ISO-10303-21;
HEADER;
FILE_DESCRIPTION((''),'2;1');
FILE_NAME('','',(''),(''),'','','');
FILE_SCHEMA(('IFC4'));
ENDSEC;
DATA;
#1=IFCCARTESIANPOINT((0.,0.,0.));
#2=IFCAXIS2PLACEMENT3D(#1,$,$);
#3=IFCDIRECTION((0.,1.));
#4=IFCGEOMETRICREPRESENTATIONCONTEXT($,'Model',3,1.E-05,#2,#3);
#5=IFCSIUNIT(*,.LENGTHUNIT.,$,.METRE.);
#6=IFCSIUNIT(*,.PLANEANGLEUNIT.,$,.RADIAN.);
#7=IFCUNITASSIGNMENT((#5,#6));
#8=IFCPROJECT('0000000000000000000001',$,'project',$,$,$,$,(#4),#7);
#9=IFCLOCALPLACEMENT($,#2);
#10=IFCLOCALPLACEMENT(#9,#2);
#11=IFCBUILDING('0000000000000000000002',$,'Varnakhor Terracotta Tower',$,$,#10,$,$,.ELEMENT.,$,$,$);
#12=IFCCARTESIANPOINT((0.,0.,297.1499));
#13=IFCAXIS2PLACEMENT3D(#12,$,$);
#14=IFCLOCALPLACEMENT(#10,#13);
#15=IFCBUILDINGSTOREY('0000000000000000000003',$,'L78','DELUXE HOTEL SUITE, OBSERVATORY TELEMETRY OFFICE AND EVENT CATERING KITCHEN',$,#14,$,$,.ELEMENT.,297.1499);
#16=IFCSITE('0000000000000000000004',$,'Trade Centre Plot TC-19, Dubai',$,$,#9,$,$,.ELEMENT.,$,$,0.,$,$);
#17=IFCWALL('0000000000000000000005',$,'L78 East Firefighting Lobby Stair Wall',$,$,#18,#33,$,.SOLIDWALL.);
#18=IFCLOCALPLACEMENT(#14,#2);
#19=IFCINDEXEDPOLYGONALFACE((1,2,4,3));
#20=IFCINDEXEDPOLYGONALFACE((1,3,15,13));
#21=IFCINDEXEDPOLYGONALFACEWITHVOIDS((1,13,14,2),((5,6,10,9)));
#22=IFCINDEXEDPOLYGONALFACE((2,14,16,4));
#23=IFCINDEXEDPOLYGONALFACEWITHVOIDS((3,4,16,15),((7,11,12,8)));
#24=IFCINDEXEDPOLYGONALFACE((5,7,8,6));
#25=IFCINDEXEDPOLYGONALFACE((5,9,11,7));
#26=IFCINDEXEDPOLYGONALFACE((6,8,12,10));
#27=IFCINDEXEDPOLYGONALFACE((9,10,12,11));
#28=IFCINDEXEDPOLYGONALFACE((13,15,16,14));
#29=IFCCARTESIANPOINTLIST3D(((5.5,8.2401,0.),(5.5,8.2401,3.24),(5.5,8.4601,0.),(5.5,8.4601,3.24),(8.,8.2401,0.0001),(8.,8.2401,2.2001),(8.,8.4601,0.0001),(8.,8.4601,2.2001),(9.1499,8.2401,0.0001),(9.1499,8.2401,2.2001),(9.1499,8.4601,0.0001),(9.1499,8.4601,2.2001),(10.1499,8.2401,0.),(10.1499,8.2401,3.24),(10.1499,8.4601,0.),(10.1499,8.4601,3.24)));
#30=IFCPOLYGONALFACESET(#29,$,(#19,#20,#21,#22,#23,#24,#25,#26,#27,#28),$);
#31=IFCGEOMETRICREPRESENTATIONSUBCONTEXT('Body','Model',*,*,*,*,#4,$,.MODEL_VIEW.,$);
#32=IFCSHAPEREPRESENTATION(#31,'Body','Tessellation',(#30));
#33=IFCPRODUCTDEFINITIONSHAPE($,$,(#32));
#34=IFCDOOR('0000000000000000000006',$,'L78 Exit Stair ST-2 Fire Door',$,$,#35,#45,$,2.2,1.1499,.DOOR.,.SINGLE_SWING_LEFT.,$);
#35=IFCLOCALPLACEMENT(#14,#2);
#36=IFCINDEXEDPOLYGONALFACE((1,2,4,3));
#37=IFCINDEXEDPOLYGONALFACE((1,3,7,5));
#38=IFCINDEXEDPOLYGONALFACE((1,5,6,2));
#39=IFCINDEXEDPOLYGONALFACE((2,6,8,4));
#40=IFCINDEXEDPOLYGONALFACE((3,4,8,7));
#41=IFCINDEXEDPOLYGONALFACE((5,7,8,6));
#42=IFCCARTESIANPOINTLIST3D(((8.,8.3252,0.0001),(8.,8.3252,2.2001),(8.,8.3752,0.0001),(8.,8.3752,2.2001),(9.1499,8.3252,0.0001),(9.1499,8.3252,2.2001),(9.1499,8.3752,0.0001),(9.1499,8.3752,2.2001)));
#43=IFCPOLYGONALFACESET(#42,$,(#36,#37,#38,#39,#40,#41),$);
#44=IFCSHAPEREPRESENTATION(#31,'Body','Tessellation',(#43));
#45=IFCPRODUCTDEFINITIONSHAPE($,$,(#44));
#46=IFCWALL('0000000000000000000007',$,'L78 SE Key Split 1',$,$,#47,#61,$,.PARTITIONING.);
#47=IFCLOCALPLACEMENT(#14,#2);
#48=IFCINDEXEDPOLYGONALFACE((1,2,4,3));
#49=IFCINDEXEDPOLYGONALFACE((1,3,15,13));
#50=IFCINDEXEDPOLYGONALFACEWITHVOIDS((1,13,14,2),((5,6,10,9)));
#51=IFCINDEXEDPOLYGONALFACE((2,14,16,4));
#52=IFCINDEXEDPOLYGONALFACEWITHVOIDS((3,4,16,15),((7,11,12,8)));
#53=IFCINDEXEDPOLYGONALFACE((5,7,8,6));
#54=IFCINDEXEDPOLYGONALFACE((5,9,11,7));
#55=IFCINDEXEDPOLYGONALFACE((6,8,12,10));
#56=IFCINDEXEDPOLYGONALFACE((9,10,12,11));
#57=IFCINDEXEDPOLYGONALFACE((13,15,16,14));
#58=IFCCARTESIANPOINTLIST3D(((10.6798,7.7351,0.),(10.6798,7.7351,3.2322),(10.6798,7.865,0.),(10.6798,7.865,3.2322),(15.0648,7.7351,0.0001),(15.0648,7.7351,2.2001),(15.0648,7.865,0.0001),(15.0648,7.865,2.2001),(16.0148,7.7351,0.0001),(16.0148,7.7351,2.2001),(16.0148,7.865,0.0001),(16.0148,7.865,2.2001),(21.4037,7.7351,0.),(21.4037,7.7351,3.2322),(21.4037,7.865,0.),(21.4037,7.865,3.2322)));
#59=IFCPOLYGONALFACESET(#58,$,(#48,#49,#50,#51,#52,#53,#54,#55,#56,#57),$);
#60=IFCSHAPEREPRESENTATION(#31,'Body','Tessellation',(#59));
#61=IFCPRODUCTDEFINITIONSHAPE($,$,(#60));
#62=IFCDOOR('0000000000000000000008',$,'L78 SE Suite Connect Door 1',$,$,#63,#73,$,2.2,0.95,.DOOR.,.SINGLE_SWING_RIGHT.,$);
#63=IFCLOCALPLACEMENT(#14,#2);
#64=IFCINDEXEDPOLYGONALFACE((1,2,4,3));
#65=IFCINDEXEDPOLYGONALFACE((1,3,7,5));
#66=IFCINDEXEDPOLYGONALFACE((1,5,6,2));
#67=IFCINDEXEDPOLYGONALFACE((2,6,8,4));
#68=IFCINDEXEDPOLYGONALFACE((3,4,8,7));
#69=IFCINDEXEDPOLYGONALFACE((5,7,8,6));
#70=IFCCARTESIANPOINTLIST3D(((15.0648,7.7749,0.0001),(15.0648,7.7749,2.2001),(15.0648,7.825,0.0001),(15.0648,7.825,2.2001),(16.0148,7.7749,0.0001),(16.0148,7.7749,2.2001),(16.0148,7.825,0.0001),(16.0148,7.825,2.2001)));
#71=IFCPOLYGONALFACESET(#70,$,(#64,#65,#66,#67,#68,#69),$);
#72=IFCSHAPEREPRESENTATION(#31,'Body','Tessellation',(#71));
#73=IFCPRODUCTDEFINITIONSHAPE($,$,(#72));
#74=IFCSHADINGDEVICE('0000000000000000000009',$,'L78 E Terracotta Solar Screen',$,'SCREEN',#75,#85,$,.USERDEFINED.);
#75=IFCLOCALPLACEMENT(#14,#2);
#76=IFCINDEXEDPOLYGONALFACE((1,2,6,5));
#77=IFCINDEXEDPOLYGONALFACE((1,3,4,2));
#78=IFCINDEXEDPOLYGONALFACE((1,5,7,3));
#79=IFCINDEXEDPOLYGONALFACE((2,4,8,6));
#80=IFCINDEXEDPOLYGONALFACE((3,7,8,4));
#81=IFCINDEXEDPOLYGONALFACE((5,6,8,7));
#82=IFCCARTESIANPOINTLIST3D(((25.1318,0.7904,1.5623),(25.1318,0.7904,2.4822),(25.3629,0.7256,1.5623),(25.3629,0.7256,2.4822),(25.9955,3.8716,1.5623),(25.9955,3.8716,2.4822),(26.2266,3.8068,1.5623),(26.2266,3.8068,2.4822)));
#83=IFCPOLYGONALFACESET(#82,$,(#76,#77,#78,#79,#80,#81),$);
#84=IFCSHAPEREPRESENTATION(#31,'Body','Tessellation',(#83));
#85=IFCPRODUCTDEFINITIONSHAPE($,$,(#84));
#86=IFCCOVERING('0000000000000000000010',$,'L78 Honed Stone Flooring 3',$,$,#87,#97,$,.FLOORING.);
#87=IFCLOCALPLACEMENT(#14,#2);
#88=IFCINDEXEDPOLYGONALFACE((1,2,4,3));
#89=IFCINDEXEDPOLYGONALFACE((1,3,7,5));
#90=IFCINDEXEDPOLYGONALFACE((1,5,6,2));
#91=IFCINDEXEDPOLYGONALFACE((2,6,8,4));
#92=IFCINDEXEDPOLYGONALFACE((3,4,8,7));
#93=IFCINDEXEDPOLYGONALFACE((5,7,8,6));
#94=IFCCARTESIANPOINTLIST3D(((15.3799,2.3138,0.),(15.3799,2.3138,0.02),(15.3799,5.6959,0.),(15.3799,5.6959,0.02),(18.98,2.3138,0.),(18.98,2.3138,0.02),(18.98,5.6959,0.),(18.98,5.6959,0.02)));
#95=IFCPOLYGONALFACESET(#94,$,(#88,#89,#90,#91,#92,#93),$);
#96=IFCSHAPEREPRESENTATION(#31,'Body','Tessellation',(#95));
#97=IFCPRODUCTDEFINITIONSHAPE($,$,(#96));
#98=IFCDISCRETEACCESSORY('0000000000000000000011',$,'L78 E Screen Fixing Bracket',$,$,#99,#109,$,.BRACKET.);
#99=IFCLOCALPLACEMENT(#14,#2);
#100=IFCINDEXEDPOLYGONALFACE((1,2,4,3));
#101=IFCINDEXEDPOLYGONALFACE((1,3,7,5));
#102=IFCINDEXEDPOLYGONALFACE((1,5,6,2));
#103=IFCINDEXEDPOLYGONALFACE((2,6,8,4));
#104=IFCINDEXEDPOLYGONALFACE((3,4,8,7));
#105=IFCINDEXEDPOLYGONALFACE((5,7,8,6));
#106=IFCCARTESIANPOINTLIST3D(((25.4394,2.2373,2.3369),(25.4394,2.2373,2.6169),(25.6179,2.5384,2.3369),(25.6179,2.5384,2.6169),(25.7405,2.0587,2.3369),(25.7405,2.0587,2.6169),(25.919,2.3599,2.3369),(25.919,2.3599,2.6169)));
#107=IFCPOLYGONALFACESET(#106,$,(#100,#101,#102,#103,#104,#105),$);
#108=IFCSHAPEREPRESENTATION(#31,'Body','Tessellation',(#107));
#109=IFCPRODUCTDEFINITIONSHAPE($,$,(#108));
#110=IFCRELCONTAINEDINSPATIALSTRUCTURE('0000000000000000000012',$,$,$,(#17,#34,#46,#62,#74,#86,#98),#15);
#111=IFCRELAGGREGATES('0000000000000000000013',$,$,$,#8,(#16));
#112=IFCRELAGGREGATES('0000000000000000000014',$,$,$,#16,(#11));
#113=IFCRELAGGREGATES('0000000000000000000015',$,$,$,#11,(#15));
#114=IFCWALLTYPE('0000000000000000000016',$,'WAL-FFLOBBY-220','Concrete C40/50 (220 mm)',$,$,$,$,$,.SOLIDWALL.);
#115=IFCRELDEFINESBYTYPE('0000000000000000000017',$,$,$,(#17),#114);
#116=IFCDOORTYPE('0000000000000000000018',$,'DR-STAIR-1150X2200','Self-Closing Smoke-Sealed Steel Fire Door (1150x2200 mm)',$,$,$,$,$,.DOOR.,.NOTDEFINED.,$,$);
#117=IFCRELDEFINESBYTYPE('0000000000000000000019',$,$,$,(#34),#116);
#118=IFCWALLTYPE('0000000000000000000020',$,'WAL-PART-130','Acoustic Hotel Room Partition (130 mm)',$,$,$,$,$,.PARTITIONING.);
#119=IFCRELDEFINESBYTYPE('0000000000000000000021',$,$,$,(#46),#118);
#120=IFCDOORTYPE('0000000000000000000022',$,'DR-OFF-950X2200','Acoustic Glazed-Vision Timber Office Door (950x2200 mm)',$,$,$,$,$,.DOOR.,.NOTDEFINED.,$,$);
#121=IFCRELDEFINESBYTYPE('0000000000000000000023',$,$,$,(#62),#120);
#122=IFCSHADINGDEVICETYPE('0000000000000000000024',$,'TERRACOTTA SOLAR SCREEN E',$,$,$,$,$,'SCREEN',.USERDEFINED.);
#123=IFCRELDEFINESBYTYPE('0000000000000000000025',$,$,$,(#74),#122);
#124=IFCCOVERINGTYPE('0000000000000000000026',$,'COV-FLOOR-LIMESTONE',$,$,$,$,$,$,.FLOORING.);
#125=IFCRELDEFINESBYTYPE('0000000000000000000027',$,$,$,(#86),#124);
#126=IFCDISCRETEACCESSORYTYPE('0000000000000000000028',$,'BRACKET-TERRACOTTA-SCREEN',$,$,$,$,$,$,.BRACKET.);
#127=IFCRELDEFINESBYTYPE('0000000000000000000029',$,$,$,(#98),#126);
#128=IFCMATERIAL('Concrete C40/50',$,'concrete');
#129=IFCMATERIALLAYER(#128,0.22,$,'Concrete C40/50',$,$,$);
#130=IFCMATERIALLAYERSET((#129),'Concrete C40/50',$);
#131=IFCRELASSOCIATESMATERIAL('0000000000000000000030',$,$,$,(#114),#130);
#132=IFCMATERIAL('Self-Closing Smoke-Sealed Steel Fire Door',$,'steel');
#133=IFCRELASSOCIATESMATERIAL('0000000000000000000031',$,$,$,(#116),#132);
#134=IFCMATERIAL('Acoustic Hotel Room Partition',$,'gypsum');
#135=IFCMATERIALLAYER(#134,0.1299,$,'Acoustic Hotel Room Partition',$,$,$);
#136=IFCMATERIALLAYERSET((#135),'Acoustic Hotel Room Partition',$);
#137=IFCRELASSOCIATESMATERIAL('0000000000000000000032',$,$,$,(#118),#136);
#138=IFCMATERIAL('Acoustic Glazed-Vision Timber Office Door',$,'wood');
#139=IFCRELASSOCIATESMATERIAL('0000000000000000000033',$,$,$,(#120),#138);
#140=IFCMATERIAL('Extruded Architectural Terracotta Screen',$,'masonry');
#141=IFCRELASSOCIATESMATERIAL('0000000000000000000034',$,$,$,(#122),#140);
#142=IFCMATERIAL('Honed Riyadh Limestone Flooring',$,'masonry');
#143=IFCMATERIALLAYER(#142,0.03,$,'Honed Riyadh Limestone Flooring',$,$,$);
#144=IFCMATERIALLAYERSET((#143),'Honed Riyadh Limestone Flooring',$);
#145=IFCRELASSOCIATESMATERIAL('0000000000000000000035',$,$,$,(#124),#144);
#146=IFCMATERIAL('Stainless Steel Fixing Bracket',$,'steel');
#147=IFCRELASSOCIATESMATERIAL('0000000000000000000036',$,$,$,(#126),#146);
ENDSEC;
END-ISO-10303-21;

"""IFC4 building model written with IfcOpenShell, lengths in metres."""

from ifc_helpers import new_model, si_unit, direction, frame, frame_2d, origin, origin_2d, place, context, subcontext, project, spatial, rectangle, extrude, source, transform, mapped, material, layer, layer_set, type_object, type_shapes, element, fill, save


model = new_model("IFC4")

# Units and contexts
model_context = context("Model", 3, precision=1e-05, world=origin(), true_north=direction((0.0, 1.0)))
body_context = subcontext(model_context, "Body", "Model", "MODEL_VIEW")
ifc_project = project(units=[si_unit("LENGTHUNIT", "METRE"), si_unit("PLANEANGLEUNIT", "RADIAN")], contexts=[model_context])

# Site, building, storey
site_placement = place(None, origin())
site = spatial("IfcSite", under=ifc_project, at=site_placement, Name="Trade Centre Plot TC-19, Dubai", CompositionType="ELEMENT", RefElevation=0.0)
building_placement = place(site_placement, origin())
building = spatial("IfcBuilding", under=site, at=building_placement, Name="Varnakhor Terracotta Tower", CompositionType="ELEMENT")
storey_placement = place(building_placement, frame((0.0, 0.0, 297.1499)))
storey = spatial("IfcBuildingStorey", under=building, at=storey_placement, Name="L78", Description="DELUXE HOTEL SUITE, OBSERVATORY TELEMETRY OFFICE AND EVENT CATERING KITCHEN", CompositionType="ELEMENT", Elevation=297.1499)

# Walls, openings, doors
ifc_material_1 = material(Name="Concrete C40/50", Category="concrete")
ifc_layer_1 = layer(ifc_material_1, 0.22, Name="Concrete C40/50")
ifc_layer_set_1 = layer_set([ifc_layer_1], Name="Concrete C40/50")
wall_type_1 = type_object("IfcWallType", Name="WAL-FFLOBBY-220", Description="Concrete C40/50 (220 mm)", PredefinedType="SOLIDWALL", material=ifc_layer_set_1)
wall_1_placement = place(storey_placement, frame((10.1499, 8.3501, 0.0), z_axis=(0.0, 0.0, 1.0), x_axis=(-1.0, 0.0, 0.0)))
wall_1 = element("IfcWall", 1, at=wall_1_placement, inside=storey, type_object=wall_type_1, Name="L78 East Firefighting Lobby Stair Wall", PredefinedType="SOLIDWALL", context=body_context, shape_type="SweptSolid", body=[
    extrude(rectangle(XDim=4.6499, YDim=0.22, at=frame_2d((2.325, 0.0))), origin(), (0.0, 0.0, 1.0), 3.24),
])
opening_1_placement = place(wall_1_placement, frame((1.0, 0.0, 0.0)))
opening_1 = element("IfcOpeningElement", 2, at=opening_1_placement, cuts=wall_1, PredefinedType="OPENING", context=body_context, shape_type="SweptSolid", body=[
    extrude(rectangle(XDim=1.1499, YDim=2.2, at=frame_2d((0.575, 1.1001))), frame((0.0, 0.1201, 0.0), z_axis=(0.0, -1.0, 0.0), x_axis=(1.0, 0.0, 0.0)), (0.0, 0.0, 1.0), 0.24),
])
ifc_material_2 = material(Name="Self-Closing Smoke-Sealed Steel Fire Door", Category="steel")
door_type_1 = type_object("IfcDoorType", Name="DR-STAIR-1150X2200", Description="Self-Closing Smoke-Sealed Steel Fire Door (1150x2200 mm)", OperationType="NOTDEFINED", PredefinedType="DOOR", material=ifc_material_2)
shared_shape_1 = source(origin(), body_context, "Body", "SweptSolid", [
    extrude(rectangle(XDim=1.1499, YDim=2.2, at=frame_2d((0.575, 1.1001))), frame((0.0, 0.0249, 0.0), z_axis=(0.0, -1.0, 0.0), x_axis=(1.0, 0.0, 0.0)), (0.0, 0.0, 1.0), 0.05),
])
type_shapes(door_type_1, [shared_shape_1])
door_1_placement = place(opening_1_placement, origin())
door_1 = element("IfcDoor", 3, at=door_1_placement, inside=storey, type_object=door_type_1, Name="L78 Exit Stair ST-2 Fire Door", OperationType="SINGLE_SWING_LEFT", OverallHeight=2.2, OverallWidth=1.1499, PredefinedType="DOOR", context=body_context, shape_type="MappedRepresentation", body=[
    mapped(shared_shape_1, transform((0.0, 0.0, 0.0), scale=1.0)),
])
fill(opening_1, door_1)
ifc_material_3 = material(Name="Acoustic Hotel Room Partition", Category="gypsum")
ifc_layer_2 = layer(ifc_material_3, 0.1299, Name="Acoustic Hotel Room Partition")
ifc_layer_set_2 = layer_set([ifc_layer_2], Name="Acoustic Hotel Room Partition")
wall_type_2 = type_object("IfcWallType", Name="WAL-PART-130", Description="Acoustic Hotel Room Partition (130 mm)", PredefinedType="PARTITIONING", material=ifc_layer_set_2)
wall_2_placement = place(storey_placement, frame((10.6799, 7.8, 0.0), z_axis=(0.0, 0.0, 1.0), x_axis=(1.0, 0.0, 0.0)))
wall_2 = element("IfcWall", 4, at=wall_2_placement, inside=storey, type_object=wall_type_2, Name="L78 SE Key Split 1", PredefinedType="PARTITIONING", context=body_context, shape_type="SweptSolid", body=[
    extrude(rectangle(XDim=10.7239, YDim=0.1299, at=frame_2d((5.3618, 0.0))), origin(), (0.0, 0.0, 1.0), 3.2322),
])
opening_2_placement = place(wall_2_placement, frame((4.3848, 0.0, 0.0)))
opening_2 = element("IfcOpeningElement", 5, at=opening_2_placement, cuts=wall_2, PredefinedType="OPENING", context=body_context, shape_type="SweptSolid", body=[
    extrude(rectangle(XDim=0.95, YDim=2.2, at=frame_2d((0.4751, 1.1001))), frame((0.0, 0.075, 0.0), z_axis=(0.0, -1.0, 0.0), x_axis=(1.0, 0.0, 0.0)), (0.0, 0.0, 1.0), 0.1499),
])
ifc_material_4 = material(Name="Acoustic Glazed-Vision Timber Office Door", Category="wood")
door_type_2 = type_object("IfcDoorType", Name="DR-OFF-950X2200", Description="Acoustic Glazed-Vision Timber Office Door (950x2200 mm)", OperationType="NOTDEFINED", PredefinedType="DOOR", material=ifc_material_4)
shared_shape_2 = source(origin(), body_context, "Body", "SweptSolid", [
    extrude(rectangle(XDim=0.95, YDim=2.2, at=frame_2d((0.4751, 1.1001))), frame((0.0, 0.0249, 0.0), z_axis=(0.0, -1.0, 0.0), x_axis=(1.0, 0.0, 0.0)), (0.0, 0.0, 1.0), 0.05),
])
type_shapes(door_type_2, [shared_shape_2])
door_2_placement = place(opening_2_placement, origin())
door_2 = element("IfcDoor", 6, at=door_2_placement, inside=storey, type_object=door_type_2, Name="L78 SE Suite Connect Door 1", OperationType="SINGLE_SWING_RIGHT", OverallHeight=2.2, OverallWidth=0.95, PredefinedType="DOOR", context=body_context, shape_type="MappedRepresentation", body=[
    mapped(shared_shape_2, transform((0.0, 0.0, 0.0), scale=1.0)),
])
fill(opening_2, door_2)

# Shading device
ifc_material_5 = material(Name="Extruded Architectural Terracotta Screen", Category="masonry")
shading_device_type = type_object("IfcShadingDeviceType", Name="TERRACOTTA SOLAR SCREEN E", ElementType="SCREEN", PredefinedType="USERDEFINED", material=ifc_material_5)
shared_shape_3 = source(origin(), body_context, "Body", "SweptSolid", [
    extrude(rectangle(XDim=3.2, YDim=0.24, at=origin_2d()), origin(), (0.0, 0.0, 1.0), 0.9199),
])
type_shapes(shading_device_type, [shared_shape_3])
shading_device_placement = place(storey_placement, frame((25.6792, 2.2986, 1.5623), z_axis=(0.0, 0.0, 1.0), x_axis=(0.269911, 0.962885, 0.0)))
element("IfcShadingDevice", 7, at=shading_device_placement, inside=storey, type_object=shading_device_type, Name="L78 E Terracotta Solar Screen", ObjectType="SCREEN", PredefinedType="USERDEFINED", context=body_context, shape_type="MappedRepresentation", body=[
    mapped(shared_shape_3, transform((0.0, 0.0, 0.0), scale=1.0)),
])

# Covering
ifc_material_6 = material(Name="Honed Riyadh Limestone Flooring", Category="masonry")
ifc_layer_3 = layer(ifc_material_6, 0.03, Name="Honed Riyadh Limestone Flooring")
ifc_layer_set_3 = layer_set([ifc_layer_3], Name="Honed Riyadh Limestone Flooring")
covering_type = type_object("IfcCoveringType", Name="COV-FLOOR-LIMESTONE", PredefinedType="FLOORING", material=ifc_layer_set_3)
shared_shape_4 = source(origin(), body_context, "Body", "SweptSolid", [
    extrude(rectangle(XDim=3.6001, YDim=3.3821, at=origin_2d()), origin(), (0.0, 0.0, 1.0), 0.02),
])
covering_placement = place(storey_placement, frame((17.1799, 4.0049, 0.0), z_axis=(0.0, 0.0, 1.0), x_axis=(1.0, 0.0, 0.0)))
element("IfcCovering", 8, at=covering_placement, inside=storey, type_object=covering_type, Name="L78 Honed Stone Flooring 3", PredefinedType="FLOORING", context=body_context, shape_type="MappedRepresentation", body=[
    mapped(shared_shape_4, transform((0.0, 0.0, 0.0), scale=1.0)),
])

# Discrete accessory
ifc_material_7 = material(Name="Stainless Steel Fixing Bracket", Category="steel")
discrete_accessory_type = type_object("IfcDiscreteAccessoryType", Name="BRACKET-TERRACOTTA-SCREEN", PredefinedType="BRACKET", material=ifc_material_7)
shared_shape_5 = source(origin(), body_context, "Body", "SweptSolid", [
    extrude(rectangle(XDim=0.3501, YDim=0.3501, at=origin_2d()), origin(), (0.0, 0.0, 1.0), 0.28),
])
type_shapes(discrete_accessory_type, [shared_shape_5])
discrete_accessory_placement = place(storey_placement, frame((25.6792, 2.2986, 2.3369), z_axis=(0.0, 0.0, 1.0), x_axis=(0.509927, 0.860217, 0.0)))
element("IfcDiscreteAccessory", 9, at=discrete_accessory_placement, inside=storey, type_object=discrete_accessory_type, Name="L78 E Screen Fixing Bracket", PredefinedType="BRACKET", context=body_context, shape_type="MappedRepresentation", body=[
    mapped(shared_shape_5, transform((0.0, 0.0, 0.0), scale=1.0)),
])

save(model, "model.ifc")
